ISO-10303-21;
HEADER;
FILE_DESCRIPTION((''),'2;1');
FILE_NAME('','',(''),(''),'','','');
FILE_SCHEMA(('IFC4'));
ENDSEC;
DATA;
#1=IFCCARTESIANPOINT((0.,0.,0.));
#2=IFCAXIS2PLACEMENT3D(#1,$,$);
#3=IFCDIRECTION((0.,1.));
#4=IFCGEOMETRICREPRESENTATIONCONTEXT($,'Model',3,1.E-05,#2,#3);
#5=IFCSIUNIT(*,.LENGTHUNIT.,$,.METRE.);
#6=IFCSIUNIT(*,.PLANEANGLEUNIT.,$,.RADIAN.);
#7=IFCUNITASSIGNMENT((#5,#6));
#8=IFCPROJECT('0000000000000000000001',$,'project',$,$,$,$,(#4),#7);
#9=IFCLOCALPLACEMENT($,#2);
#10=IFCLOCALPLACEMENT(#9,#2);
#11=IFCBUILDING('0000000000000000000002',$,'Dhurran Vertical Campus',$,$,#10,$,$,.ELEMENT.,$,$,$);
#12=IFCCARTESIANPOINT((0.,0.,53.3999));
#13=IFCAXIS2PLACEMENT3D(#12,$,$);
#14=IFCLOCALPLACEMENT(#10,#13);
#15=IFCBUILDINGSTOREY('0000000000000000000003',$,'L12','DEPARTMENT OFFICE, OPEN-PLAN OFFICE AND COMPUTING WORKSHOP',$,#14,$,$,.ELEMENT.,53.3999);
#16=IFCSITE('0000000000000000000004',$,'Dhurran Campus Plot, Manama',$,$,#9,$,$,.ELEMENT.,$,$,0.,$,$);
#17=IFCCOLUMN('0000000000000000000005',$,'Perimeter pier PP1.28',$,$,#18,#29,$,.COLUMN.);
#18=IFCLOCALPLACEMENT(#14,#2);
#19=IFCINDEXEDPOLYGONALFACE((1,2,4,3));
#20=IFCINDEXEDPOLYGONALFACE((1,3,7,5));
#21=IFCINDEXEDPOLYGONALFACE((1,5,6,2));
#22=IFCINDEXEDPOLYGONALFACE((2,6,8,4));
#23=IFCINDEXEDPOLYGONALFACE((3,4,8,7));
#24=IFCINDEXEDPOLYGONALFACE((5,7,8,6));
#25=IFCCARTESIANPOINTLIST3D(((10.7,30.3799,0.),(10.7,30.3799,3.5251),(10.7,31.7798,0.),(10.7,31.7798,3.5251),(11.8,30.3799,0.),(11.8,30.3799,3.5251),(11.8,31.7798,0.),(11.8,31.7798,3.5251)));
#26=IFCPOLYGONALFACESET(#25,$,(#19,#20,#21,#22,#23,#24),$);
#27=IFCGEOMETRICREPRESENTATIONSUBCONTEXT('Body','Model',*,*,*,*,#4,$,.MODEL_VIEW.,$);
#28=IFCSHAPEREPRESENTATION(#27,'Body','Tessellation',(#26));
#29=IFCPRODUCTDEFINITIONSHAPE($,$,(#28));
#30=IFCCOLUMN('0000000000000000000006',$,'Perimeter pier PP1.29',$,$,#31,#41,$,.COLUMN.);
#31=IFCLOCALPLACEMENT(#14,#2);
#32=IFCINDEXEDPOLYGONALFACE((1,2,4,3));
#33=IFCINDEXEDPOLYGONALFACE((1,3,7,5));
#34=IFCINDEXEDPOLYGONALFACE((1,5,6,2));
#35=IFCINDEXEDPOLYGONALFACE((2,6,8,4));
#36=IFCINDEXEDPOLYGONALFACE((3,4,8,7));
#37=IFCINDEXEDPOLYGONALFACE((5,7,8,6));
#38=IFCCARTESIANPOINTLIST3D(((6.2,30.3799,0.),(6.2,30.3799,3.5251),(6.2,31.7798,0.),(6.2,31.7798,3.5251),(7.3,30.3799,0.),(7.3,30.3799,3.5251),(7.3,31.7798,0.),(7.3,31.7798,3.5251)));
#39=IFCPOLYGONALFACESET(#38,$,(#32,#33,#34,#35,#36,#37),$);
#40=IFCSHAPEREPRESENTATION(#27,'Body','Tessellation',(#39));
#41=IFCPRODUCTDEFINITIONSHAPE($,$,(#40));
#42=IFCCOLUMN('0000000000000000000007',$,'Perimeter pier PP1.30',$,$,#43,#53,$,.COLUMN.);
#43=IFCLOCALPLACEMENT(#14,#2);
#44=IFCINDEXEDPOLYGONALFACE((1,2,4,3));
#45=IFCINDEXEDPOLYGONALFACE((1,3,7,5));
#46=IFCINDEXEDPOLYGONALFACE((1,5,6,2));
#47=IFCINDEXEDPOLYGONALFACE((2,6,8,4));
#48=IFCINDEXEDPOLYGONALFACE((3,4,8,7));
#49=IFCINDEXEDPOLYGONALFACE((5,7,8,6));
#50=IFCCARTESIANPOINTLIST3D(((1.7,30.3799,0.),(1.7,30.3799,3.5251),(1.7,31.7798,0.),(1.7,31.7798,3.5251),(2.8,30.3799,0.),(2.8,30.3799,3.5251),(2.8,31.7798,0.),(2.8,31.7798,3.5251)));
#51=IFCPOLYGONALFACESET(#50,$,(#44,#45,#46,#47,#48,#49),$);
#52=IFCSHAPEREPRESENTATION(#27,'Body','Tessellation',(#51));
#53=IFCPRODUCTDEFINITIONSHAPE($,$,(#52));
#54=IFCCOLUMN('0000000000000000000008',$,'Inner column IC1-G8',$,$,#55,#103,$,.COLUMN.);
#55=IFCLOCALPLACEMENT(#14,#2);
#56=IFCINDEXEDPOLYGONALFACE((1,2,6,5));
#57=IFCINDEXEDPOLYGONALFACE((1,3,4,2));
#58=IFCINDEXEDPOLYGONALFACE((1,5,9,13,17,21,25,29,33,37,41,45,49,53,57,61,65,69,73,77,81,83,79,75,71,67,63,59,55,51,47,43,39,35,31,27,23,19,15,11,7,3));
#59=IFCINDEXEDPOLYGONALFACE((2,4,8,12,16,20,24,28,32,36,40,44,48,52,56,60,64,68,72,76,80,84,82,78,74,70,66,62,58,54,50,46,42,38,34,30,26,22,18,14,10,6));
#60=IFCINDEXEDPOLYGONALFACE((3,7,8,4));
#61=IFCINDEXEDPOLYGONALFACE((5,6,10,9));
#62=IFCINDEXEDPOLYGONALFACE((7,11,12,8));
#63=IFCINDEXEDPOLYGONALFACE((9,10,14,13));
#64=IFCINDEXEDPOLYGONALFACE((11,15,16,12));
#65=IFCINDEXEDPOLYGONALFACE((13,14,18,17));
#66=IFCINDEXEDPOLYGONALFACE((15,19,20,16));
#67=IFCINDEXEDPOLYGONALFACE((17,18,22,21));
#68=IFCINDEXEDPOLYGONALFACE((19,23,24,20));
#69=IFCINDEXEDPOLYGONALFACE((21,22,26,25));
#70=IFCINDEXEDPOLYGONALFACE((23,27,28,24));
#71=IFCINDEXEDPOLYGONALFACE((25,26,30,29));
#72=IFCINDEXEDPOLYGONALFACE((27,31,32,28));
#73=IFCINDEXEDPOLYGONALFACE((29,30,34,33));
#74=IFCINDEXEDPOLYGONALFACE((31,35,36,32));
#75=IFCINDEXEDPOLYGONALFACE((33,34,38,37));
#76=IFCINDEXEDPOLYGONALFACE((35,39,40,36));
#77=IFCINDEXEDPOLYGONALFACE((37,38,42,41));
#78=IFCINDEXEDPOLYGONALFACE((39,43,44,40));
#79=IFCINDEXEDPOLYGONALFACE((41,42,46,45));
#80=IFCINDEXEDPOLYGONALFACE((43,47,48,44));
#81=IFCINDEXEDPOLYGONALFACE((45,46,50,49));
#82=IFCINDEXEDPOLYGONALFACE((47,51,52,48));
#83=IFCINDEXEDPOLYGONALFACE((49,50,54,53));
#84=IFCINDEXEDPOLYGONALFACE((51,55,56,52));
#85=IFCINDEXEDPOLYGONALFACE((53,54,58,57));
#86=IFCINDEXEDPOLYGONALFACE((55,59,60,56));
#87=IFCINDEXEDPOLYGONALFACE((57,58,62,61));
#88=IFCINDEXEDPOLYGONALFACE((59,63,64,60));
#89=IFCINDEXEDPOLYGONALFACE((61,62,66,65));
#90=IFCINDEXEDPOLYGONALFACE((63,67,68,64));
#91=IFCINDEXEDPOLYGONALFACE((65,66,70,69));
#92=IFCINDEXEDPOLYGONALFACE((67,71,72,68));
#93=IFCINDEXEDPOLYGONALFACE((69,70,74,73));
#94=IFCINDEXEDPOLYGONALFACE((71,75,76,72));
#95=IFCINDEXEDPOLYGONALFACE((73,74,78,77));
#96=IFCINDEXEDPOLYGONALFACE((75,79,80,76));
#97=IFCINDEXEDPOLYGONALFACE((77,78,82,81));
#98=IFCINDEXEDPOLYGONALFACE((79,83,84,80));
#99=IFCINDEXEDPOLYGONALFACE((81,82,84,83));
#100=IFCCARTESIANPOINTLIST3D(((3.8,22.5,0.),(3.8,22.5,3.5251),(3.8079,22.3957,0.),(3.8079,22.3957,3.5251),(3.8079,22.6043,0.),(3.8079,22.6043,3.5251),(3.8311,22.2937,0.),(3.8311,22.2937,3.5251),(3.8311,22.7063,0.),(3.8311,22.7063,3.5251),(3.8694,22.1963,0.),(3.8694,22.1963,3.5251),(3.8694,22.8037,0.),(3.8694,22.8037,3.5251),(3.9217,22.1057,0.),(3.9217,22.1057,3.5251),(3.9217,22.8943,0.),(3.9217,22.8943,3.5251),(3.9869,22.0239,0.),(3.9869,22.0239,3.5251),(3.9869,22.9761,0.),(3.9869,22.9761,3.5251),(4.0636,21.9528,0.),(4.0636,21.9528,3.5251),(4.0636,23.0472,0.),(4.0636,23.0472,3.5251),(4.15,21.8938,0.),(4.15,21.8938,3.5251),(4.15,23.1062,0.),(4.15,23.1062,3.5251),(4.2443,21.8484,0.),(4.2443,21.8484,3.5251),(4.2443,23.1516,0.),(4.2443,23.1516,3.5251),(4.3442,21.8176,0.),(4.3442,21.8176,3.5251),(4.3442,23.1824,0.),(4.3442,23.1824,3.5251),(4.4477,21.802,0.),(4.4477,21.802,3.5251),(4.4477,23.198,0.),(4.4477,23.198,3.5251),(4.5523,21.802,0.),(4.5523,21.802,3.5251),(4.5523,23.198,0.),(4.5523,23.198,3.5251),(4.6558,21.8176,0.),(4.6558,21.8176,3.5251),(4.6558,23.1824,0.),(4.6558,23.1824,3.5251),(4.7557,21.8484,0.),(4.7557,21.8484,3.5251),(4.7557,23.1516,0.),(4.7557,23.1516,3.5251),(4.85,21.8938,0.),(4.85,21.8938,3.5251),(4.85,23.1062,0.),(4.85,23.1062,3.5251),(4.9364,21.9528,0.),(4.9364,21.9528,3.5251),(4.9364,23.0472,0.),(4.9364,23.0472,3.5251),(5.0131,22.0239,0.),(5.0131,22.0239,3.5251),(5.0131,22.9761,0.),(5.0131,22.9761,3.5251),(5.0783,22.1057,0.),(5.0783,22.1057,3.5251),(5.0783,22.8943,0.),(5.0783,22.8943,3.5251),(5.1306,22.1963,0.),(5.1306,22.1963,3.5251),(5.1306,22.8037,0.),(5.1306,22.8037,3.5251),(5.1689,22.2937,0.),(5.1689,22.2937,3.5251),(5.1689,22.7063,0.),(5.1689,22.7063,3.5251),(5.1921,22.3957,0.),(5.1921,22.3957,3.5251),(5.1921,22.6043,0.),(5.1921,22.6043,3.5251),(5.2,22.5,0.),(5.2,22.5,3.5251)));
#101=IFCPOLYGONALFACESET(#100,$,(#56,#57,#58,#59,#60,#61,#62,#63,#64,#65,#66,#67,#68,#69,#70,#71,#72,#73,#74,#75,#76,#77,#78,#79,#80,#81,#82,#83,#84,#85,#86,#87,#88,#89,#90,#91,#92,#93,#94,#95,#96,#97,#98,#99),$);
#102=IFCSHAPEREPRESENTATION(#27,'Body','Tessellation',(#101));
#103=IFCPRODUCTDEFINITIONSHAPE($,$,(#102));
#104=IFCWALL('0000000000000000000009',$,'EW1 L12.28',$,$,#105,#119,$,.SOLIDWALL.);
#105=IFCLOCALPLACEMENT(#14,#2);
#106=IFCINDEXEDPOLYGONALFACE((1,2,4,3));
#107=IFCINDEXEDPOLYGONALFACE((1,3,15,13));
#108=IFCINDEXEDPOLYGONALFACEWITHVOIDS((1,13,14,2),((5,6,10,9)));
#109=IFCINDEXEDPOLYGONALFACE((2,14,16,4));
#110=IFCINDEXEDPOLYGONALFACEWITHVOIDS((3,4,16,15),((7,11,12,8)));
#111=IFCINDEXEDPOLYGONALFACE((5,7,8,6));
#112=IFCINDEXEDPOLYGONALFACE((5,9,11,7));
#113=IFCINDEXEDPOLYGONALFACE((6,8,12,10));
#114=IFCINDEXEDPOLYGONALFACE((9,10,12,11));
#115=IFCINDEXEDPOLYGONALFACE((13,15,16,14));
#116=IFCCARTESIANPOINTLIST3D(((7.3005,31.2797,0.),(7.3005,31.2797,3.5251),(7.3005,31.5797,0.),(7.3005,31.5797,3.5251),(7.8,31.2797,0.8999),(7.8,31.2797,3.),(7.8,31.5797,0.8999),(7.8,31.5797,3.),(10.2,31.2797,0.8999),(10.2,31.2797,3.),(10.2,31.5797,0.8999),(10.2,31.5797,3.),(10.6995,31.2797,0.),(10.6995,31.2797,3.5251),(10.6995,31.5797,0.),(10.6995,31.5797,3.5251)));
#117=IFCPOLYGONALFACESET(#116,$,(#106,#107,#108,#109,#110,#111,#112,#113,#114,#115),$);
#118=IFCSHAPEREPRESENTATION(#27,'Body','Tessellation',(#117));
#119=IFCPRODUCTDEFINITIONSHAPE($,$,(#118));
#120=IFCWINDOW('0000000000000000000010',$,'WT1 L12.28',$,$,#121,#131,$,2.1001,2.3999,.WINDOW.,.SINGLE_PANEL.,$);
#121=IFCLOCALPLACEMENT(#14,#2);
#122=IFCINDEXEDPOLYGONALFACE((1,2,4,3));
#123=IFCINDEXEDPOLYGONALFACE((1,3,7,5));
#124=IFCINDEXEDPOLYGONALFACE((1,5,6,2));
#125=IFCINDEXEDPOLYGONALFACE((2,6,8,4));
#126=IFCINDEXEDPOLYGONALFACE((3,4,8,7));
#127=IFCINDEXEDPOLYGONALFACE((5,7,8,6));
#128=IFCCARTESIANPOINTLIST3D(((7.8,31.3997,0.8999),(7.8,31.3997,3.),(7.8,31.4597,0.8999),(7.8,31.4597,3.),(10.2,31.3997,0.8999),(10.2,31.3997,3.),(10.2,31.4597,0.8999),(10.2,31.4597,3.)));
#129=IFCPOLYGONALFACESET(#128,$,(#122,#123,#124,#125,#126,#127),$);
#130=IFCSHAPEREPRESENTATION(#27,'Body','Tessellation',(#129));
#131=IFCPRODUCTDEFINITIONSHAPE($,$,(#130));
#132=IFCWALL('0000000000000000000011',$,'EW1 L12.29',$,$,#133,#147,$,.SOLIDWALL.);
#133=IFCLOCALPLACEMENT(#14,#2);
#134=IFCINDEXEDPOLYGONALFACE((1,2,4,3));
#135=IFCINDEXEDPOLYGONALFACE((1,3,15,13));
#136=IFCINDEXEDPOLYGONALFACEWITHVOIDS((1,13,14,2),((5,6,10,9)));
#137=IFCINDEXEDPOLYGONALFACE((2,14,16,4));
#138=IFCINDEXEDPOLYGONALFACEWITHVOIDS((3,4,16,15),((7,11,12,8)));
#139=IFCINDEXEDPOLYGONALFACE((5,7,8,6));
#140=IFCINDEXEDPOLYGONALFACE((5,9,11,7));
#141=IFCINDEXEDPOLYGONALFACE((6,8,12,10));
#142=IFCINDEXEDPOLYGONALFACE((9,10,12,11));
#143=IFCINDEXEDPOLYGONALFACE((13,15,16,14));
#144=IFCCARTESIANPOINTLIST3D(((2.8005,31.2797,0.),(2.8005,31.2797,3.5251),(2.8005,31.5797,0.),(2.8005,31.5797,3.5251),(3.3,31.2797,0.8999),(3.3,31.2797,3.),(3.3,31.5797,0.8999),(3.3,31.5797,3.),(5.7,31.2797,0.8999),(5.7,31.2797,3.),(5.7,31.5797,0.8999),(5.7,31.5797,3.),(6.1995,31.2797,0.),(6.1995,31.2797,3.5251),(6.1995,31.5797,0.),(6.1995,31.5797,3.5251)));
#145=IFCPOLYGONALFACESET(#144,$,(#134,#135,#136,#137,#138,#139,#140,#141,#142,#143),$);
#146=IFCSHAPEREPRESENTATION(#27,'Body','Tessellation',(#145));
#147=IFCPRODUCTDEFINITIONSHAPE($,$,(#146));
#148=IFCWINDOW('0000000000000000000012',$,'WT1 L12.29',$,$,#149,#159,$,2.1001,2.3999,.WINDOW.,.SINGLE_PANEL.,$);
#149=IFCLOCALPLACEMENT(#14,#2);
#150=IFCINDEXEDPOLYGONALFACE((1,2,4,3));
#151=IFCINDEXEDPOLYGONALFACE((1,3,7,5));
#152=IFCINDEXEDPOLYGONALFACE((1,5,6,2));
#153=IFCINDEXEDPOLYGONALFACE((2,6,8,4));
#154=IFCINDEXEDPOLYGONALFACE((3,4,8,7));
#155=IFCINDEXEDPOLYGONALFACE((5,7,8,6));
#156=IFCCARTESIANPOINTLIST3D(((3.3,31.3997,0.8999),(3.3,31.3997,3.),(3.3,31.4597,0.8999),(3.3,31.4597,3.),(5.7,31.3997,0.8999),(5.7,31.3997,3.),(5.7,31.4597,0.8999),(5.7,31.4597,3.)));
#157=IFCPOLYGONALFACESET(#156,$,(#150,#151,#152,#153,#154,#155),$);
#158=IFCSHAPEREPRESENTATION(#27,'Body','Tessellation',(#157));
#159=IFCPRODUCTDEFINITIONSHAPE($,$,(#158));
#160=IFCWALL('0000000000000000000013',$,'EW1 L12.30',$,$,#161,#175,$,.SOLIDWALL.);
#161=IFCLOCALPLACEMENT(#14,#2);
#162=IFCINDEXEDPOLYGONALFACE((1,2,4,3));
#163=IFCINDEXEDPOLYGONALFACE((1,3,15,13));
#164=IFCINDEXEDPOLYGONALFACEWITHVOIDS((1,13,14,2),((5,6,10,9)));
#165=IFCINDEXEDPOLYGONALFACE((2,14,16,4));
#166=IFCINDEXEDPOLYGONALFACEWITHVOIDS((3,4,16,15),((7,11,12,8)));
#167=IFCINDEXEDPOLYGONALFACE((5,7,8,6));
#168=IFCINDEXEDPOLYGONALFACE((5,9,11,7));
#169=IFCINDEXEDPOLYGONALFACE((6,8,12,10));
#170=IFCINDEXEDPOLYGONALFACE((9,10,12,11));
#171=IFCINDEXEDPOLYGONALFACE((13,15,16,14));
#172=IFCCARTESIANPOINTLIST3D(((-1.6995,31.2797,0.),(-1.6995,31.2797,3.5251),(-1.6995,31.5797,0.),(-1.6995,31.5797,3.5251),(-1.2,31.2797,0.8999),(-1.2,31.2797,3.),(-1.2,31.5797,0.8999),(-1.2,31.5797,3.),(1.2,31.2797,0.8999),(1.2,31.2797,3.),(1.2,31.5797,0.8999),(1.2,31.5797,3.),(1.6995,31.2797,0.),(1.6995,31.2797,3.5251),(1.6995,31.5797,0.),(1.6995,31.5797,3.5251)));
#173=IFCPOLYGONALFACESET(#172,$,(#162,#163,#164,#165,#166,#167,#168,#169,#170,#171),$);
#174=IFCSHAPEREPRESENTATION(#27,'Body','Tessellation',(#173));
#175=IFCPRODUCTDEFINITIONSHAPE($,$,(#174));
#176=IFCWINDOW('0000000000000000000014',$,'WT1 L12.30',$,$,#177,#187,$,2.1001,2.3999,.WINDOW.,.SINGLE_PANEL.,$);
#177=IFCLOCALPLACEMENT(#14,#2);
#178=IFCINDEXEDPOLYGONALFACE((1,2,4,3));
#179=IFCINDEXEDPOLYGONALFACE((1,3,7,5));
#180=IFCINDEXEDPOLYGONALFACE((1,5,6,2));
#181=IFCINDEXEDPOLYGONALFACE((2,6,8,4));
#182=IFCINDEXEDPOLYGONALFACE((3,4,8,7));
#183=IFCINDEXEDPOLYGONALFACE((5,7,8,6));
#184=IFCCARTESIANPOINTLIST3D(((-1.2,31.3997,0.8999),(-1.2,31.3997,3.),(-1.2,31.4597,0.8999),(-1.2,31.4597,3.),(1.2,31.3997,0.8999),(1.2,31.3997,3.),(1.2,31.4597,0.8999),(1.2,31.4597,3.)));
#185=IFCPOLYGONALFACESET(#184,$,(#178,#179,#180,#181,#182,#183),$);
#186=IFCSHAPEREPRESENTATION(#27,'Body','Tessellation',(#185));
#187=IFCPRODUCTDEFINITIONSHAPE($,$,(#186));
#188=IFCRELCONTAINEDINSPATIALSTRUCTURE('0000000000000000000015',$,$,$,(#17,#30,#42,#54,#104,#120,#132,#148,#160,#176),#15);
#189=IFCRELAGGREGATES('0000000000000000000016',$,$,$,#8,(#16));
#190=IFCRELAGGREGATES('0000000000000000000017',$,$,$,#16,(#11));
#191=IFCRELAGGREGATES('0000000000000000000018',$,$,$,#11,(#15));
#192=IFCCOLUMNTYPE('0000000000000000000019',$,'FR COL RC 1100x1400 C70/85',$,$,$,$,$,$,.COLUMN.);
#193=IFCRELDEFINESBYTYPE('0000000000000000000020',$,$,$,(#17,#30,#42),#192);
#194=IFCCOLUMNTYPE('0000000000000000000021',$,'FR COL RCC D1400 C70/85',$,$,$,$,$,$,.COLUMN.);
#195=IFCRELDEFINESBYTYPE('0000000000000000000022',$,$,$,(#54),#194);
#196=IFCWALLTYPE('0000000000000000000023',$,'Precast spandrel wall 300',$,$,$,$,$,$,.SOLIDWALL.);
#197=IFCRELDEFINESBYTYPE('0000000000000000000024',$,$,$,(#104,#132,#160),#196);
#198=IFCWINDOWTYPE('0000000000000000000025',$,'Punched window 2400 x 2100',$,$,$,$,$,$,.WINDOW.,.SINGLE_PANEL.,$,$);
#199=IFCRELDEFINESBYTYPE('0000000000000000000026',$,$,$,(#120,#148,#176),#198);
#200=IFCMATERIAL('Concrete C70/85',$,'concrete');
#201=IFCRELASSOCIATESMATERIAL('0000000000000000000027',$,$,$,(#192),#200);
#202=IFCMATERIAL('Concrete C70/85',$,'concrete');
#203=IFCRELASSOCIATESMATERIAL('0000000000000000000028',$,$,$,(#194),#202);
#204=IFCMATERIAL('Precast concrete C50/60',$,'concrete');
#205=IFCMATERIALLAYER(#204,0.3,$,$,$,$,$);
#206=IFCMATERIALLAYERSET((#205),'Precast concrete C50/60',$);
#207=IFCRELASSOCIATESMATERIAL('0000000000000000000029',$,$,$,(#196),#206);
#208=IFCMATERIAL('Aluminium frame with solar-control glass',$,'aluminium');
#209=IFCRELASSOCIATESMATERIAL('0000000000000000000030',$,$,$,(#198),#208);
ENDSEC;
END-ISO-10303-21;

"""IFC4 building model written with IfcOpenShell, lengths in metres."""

from ifc_helpers import new_model, si_unit, direction, frame, frame_2d, origin, origin_2d, place, context, subcontext, project, spatial, rectangle, circle, extrude, material, layer, layer_set, material_profile, profile_set, type_object, element, fill, save


model = new_model("IFC4")

# Units and contexts
model_context = context("Model", 3, precision=1e-05, world=origin(), true_north=direction((0.0, 1.0)))
body_context = subcontext(model_context, "Body", "Model", "MODEL_VIEW")
ifc_project = project(units=[si_unit("LENGTHUNIT", "METRE"), si_unit("PLANEANGLEUNIT", "RADIAN")], contexts=[model_context])

# Site, building, storey
site_placement = place(None, origin())
site = spatial("IfcSite", under=ifc_project, at=site_placement, Name="Dhurran Campus Plot, Manama", CompositionType="ELEMENT", RefElevation=0.0)
building_placement = place(site_placement, origin())
building = spatial("IfcBuilding", under=site, at=building_placement, Name="Dhurran Vertical Campus", CompositionType="ELEMENT")
storey_placement = place(building_placement, frame((0.0, 0.0, 53.3999)))
storey = spatial("IfcBuildingStorey", under=building, at=storey_placement, Name="L12", Description="DEPARTMENT OFFICE, OPEN-PLAN OFFICE AND COMPUTING WORKSHOP", CompositionType="ELEMENT", Elevation=53.3999)

# Columns
ifc_material_1 = material(Name="Concrete C70/85", Category="concrete")
ifc_material_profile_1 = material_profile(ifc_material_1, rectangle(XDim=1.1001, YDim=1.3999, at=origin_2d()), Name="RC 1100x1400")
ifc_profile_set_1 = profile_set([ifc_material_profile_1], Name="Concrete C70/85")
column_type_1 = type_object("IfcColumnType", Name="FR COL RC 1100x1400 C70/85", PredefinedType="COLUMN", material=ifc_profile_set_1)
for number, where, z_axis, x_axis, name in (
    (1, (11.25, 31.0798, 0.0), (0.0, 0.0, 1.0), (-1.0, 0.0, 0.0), "Perimeter pier PP1.28"),
    (2, (6.75, 31.0798, 0.0), (0.0, 0.0, 1.0), (-1.0, 0.0, 0.0), "Perimeter pier PP1.29"),
    (3, (2.25, 31.0798, 0.0), (0.0, 0.0, 1.0), (-1.0, 0.0, 0.0), "Perimeter pier PP1.30"),
):
    element("IfcColumn", number, at=place(storey_placement, frame(where, z_axis=z_axis, x_axis=x_axis)), inside=storey, type_object=column_type_1, Name=name, PredefinedType="COLUMN", context=body_context, shape_type="SweptSolid", body=[
        extrude(rectangle(XDim=1.1001, YDim=1.3999, at=origin_2d()), origin(), (0.0, 0.0, 1.0), 3.5251),
    ])
ifc_material_2 = material(Name="Concrete C70/85", Category="concrete")
ifc_material_profile_2 = material_profile(ifc_material_2, circle(Radius=0.7, at=origin_2d()), Name="RCC D1400")
ifc_profile_set_2 = profile_set([ifc_material_profile_2], Name="Concrete C70/85")
column_type_2 = type_object("IfcColumnType", Name="FR COL RCC D1400 C70/85", PredefinedType="COLUMN", material=ifc_profile_set_2)
column_placement = place(storey_placement, frame((4.5, 22.5, 0.0), z_axis=(0.0, 0.0, 1.0), x_axis=(1.0, 0.0, 0.0)))
element("IfcColumn", 4, at=column_placement, inside=storey, type_object=column_type_2, Name="Inner column IC1-G8", PredefinedType="COLUMN", context=body_context, shape_type="SweptSolid", body=[
    extrude(circle(Radius=0.7, at=origin_2d()), origin(), (0.0, 0.0, 1.0), 3.5251),
])

# Walls, openings, windows
ifc_material_3 = material(Name="Precast concrete C50/60", Category="concrete")
ifc_layer_1 = layer(ifc_material_3, 0.3)
ifc_layer_set_1 = layer_set([ifc_layer_1], Name="Precast concrete C50/60")
wall_type_1 = type_object("IfcWallType", Name="Precast spandrel wall 300", PredefinedType="SOLIDWALL", material=ifc_layer_set_1)
wall_1_placement = place(storey_placement, frame((10.6995, 31.4297, 0.0), z_axis=(0.0, 0.0, 1.0), x_axis=(-1.0, 0.0, 0.0)))
wall_1 = element("IfcWall", 5, at=wall_1_placement, inside=storey, type_object=wall_type_1, Name="EW1 L12.28", PredefinedType="SOLIDWALL", context=body_context, shape_type="SweptSolid", body=[
    extrude(rectangle(XDim=3.3989, YDim=0.3, at=frame_2d((1.6995, 0.0))), origin(), (0.0, 0.0, 1.0), 3.5251),
])
opening_1_placement = place(wall_1_placement, frame((0.4995, 0.0, 0.8999)))
opening_1 = element("IfcOpeningElement", 6, at=opening_1_placement, cuts=wall_1, PredefinedType="OPENING", context=body_context, shape_type="SweptSolid", body=[
    extrude(rectangle(XDim=2.3999, YDim=2.1001, at=frame_2d((1.2, 1.05))), frame((0.0, 0.1599, 0.0), z_axis=(0.0, -1.0, 0.0), x_axis=(1.0, 0.0, 0.0)), (0.0, 0.0, 1.0), 0.3201),
])
ifc_material_4 = material(Name="Aluminium frame with solar-control glass", Category="aluminium")
window_type = type_object("IfcWindowType", Name="Punched window 2400 x 2100", PartitioningType="SINGLE_PANEL", PredefinedType="WINDOW", material=ifc_material_4)
window_1_placement = place(opening_1_placement, origin())
window_1 = element("IfcWindow", 7, at=window_1_placement, inside=storey, type_object=window_type, Name="WT1 L12.28", OverallHeight=2.1001, OverallWidth=2.3999, PartitioningType="SINGLE_PANEL", PredefinedType="WINDOW", context=body_context, shape_type="SweptSolid", body=[
    extrude(rectangle(XDim=2.3999, YDim=2.1001, at=frame_2d((1.2, 1.05))), frame((0.0, 0.03, 0.0), z_axis=(0.0, -1.0, 0.0), x_axis=(1.0, 0.0, 0.0)), (0.0, 0.0, 1.0), 0.0601),
])
fill(opening_1, window_1)
wall_2_placement = place(storey_placement, frame((6.1995, 31.4297, 0.0), z_axis=(0.0, 0.0, 1.0), x_axis=(-1.0, 0.0, 0.0)))
wall_2 = element("IfcWall", 8, at=wall_2_placement, inside=storey, type_object=wall_type_1, Name="EW1 L12.29", PredefinedType="SOLIDWALL", context=body_context, shape_type="SweptSolid", body=[
    extrude(rectangle(XDim=3.3989, YDim=0.3, at=frame_2d((1.6995, 0.0))), origin(), (0.0, 0.0, 1.0), 3.5251),
])
opening_2_placement = place(wall_2_placement, frame((0.4995, 0.0, 0.8999)))
opening_2 = element("IfcOpeningElement", 9, at=opening_2_placement, cuts=wall_2, PredefinedType="OPENING", context=body_context, shape_type="SweptSolid", body=[
    extrude(rectangle(XDim=2.3999, YDim=2.1001, at=frame_2d((1.2, 1.05))), frame((0.0, 0.1599, 0.0), z_axis=(0.0, -1.0, 0.0), x_axis=(1.0, 0.0, 0.0)), (0.0, 0.0, 1.0), 0.3201),
])
window_2_placement = place(opening_2_placement, origin())
window_2 = element("IfcWindow", 10, at=window_2_placement, inside=storey, type_object=window_type, Name="WT1 L12.29", OverallHeight=2.1001, OverallWidth=2.3999, PartitioningType="SINGLE_PANEL", PredefinedType="WINDOW", context=body_context, shape_type="SweptSolid", body=[
    extrude(rectangle(XDim=2.3999, YDim=2.1001, at=frame_2d((1.2, 1.05))), frame((0.0, 0.03, 0.0), z_axis=(0.0, -1.0, 0.0), x_axis=(1.0, 0.0, 0.0)), (0.0, 0.0, 1.0), 0.0601),
])
fill(opening_2, window_2)
wall_3_placement = place(storey_placement, frame((1.6995, 31.4297, 0.0), z_axis=(0.0, 0.0, 1.0), x_axis=(-1.0, 0.0, 0.0)))
wall_3 = element("IfcWall", 11, at=wall_3_placement, inside=storey, type_object=wall_type_1, Name="EW1 L12.30", PredefinedType="SOLIDWALL", context=body_context, shape_type="SweptSolid", body=[
    extrude(rectangle(XDim=3.3989, YDim=0.3, at=frame_2d((1.6995, 0.0))), origin(), (0.0, 0.0, 1.0), 3.5251),
])
opening_3_placement = place(wall_3_placement, frame((0.4995, 0.0, 0.8999)))
opening_3 = element("IfcOpeningElement", 12, at=opening_3_placement, cuts=wall_3, PredefinedType="OPENING", context=body_context, shape_type="SweptSolid", body=[
    extrude(rectangle(XDim=2.3999, YDim=2.1001, at=frame_2d((1.2, 1.05))), frame((0.0, 0.1599, 0.0), z_axis=(0.0, -1.0, 0.0), x_axis=(1.0, 0.0, 0.0)), (0.0, 0.0, 1.0), 0.3201),
])
window_3_placement = place(opening_3_placement, origin())
window_3 = element("IfcWindow", 13, at=window_3_placement, inside=storey, type_object=window_type, Name="WT1 L12.30", OverallHeight=2.1001, OverallWidth=2.3999, PartitioningType="SINGLE_PANEL", PredefinedType="WINDOW", context=body_context, shape_type="SweptSolid", body=[
    extrude(rectangle(XDim=2.3999, YDim=2.1001, at=frame_2d((1.2, 1.05))), frame((0.0, 0.03, 0.0), z_axis=(0.0, -1.0, 0.0), x_axis=(1.0, 0.0, 0.0)), (0.0, 0.0, 1.0), 0.0601),
])
fill(opening_3, window_3)

save(model, "model.ifc")
